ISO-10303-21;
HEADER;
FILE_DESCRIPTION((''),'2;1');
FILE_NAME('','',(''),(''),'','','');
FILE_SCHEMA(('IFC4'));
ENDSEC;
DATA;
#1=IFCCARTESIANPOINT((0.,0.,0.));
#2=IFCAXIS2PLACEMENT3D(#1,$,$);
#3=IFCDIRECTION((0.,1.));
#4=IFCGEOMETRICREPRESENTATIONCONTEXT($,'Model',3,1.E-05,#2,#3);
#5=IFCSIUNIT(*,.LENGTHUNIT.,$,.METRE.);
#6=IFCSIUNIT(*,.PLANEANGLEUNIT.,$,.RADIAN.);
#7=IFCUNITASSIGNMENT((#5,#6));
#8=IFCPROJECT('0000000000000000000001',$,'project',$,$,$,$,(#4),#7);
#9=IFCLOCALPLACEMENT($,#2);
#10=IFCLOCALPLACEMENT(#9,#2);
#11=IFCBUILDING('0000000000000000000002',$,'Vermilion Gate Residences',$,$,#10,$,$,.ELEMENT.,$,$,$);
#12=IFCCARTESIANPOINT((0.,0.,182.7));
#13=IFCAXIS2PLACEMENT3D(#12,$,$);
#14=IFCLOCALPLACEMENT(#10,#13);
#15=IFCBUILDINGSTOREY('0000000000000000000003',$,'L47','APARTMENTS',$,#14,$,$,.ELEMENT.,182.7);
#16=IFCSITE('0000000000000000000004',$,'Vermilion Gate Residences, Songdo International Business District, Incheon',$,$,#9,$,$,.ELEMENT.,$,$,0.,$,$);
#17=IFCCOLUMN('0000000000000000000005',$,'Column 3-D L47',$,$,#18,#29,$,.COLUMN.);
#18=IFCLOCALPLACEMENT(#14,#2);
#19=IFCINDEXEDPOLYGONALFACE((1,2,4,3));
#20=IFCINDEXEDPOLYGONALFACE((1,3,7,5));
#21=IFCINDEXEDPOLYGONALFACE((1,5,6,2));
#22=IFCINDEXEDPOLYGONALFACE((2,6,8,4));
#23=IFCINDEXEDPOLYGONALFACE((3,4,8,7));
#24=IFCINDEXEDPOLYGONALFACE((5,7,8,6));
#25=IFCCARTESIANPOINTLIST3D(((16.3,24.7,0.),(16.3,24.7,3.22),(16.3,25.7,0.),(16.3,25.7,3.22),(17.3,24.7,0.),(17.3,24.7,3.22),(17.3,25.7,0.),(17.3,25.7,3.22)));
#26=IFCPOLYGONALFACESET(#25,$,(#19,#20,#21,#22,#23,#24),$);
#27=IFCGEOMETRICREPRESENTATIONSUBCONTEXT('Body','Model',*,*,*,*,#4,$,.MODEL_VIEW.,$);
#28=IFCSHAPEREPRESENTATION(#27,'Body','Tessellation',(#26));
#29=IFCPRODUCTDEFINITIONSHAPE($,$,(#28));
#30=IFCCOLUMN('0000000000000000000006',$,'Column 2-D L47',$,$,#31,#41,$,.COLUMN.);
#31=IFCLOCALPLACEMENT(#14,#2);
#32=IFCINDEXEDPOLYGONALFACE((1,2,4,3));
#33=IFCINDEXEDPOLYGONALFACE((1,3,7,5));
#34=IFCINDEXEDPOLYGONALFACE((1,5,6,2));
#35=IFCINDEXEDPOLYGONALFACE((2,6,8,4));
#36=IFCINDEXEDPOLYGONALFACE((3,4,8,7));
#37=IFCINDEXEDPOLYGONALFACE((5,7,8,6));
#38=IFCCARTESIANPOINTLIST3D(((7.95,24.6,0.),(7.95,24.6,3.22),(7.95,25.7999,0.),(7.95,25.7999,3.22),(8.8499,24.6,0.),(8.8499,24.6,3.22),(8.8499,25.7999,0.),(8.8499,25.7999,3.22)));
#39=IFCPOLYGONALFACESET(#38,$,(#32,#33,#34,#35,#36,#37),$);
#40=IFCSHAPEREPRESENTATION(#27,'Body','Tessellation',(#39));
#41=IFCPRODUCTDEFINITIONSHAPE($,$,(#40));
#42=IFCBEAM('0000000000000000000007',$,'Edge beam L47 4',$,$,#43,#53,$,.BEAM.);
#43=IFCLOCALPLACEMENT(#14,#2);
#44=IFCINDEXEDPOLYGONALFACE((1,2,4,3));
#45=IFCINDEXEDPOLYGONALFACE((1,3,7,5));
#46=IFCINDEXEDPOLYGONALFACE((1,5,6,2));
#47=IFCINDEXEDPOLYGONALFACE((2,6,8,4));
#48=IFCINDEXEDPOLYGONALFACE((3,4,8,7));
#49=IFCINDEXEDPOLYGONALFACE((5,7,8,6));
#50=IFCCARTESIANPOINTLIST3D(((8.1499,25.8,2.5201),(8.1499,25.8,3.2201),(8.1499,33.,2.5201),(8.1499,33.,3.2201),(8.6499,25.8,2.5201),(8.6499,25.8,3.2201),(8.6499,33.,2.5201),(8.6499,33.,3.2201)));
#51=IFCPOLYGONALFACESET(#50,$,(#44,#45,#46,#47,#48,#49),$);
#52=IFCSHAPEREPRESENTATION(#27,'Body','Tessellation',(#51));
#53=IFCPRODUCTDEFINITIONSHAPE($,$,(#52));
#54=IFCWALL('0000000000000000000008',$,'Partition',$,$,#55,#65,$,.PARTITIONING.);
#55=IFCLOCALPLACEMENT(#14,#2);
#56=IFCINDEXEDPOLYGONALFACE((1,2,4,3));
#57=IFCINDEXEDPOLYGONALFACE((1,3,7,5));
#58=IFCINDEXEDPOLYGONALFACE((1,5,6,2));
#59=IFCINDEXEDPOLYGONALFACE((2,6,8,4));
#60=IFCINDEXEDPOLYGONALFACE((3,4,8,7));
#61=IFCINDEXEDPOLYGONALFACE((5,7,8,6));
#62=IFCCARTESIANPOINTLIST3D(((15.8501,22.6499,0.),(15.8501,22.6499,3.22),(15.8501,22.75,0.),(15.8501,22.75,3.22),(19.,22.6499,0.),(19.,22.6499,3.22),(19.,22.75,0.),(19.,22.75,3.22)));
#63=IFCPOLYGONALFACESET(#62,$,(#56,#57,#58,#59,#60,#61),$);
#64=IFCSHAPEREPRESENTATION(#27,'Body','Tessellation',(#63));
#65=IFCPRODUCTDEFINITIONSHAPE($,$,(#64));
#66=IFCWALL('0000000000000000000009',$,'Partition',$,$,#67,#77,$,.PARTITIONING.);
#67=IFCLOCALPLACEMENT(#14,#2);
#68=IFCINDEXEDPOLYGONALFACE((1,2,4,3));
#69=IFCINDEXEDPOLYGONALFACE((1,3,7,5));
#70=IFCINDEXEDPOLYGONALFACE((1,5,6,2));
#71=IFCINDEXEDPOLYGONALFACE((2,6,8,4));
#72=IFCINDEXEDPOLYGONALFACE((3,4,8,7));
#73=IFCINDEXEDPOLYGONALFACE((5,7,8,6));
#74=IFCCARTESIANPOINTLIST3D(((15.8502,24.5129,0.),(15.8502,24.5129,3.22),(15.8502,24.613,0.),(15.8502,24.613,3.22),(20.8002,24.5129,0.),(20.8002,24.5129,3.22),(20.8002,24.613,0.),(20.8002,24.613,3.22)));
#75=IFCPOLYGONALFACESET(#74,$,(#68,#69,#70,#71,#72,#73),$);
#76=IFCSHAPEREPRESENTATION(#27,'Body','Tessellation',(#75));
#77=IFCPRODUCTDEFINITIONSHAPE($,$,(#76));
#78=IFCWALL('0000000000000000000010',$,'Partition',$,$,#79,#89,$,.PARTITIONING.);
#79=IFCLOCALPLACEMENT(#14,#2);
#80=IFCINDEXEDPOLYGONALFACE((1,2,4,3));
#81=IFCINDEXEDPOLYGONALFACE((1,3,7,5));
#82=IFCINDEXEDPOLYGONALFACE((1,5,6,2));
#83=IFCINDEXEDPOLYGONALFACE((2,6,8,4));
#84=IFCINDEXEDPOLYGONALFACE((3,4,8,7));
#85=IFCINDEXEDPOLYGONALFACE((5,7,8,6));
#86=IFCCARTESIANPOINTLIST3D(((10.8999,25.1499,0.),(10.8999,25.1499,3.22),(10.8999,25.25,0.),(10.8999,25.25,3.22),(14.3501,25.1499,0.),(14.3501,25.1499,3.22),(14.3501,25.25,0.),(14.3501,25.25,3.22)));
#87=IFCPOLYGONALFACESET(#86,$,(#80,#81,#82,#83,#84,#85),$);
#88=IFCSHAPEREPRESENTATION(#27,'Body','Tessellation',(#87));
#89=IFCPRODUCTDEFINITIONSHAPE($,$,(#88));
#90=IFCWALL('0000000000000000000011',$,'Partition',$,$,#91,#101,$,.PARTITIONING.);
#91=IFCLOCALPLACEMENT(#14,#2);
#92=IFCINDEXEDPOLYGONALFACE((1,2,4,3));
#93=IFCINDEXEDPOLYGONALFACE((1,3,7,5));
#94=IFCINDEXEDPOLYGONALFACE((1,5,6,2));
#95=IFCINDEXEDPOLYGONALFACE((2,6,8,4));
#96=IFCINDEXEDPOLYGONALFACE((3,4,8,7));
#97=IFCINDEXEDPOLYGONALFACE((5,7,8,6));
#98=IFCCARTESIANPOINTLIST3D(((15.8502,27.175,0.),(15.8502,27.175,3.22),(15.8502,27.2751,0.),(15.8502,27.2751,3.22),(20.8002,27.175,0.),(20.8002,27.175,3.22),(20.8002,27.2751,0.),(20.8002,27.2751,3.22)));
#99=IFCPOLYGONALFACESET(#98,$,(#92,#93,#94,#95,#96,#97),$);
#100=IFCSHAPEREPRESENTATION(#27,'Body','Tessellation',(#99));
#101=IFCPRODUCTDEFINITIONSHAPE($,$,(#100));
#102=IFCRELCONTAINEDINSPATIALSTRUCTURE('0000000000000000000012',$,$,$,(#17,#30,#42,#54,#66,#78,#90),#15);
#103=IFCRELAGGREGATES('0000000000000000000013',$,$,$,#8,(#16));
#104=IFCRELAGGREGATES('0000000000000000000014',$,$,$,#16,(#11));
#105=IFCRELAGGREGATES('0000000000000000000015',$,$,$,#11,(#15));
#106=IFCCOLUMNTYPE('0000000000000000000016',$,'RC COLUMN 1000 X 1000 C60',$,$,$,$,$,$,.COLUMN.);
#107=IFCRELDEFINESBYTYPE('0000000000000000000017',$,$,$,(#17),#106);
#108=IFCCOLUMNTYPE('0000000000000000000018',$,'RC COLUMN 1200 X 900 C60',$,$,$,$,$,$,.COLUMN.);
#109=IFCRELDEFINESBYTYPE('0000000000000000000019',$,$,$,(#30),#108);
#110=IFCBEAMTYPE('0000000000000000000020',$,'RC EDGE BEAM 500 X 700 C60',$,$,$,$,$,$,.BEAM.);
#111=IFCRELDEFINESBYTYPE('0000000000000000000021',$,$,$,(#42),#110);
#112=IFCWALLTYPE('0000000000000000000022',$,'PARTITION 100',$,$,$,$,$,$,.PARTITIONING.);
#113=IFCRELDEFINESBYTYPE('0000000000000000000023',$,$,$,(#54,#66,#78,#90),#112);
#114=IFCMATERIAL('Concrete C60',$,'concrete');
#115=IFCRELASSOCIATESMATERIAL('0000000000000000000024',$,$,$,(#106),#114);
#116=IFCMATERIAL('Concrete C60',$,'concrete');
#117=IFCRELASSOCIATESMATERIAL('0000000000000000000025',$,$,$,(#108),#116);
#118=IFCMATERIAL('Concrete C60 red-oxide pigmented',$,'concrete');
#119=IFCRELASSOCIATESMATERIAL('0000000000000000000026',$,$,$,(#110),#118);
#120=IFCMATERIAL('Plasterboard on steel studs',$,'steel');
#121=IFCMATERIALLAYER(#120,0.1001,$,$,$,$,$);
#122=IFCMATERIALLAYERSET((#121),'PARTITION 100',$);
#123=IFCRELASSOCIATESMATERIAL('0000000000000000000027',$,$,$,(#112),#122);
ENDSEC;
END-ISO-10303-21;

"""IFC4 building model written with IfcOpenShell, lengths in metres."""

from ifc_helpers import new_model, si_unit, direction, frame, frame_2d, origin, origin_2d, place, context, subcontext, project, spatial, rectangle, extrude, material, layer, layer_set, material_profile, profile_set, type_object, element, save


model = new_model("IFC4")

# Units and contexts
model_context = context("Model", 3, precision=1e-05, world=origin(), true_north=direction((0.0, 1.0)))
body_context = subcontext(model_context, "Body", "Model", "MODEL_VIEW")
ifc_project = project(units=[si_unit("LENGTHUNIT", "METRE"), si_unit("PLANEANGLEUNIT", "RADIAN")], contexts=[model_context])

# Site, building, storey
site_placement = place(None, origin())
site = spatial("IfcSite", under=ifc_project, at=site_placement, Name="Vermilion Gate Residences, Songdo International Business District, Incheon", CompositionType="ELEMENT", RefElevation=0.0)
building_placement = place(site_placement, origin())
building = spatial("IfcBuilding", under=site, at=building_placement, Name="Vermilion Gate Residences", CompositionType="ELEMENT")
storey_placement = place(building_placement, frame((0.0, 0.0, 182.7)))
storey = spatial("IfcBuildingStorey", under=building, at=storey_placement, Name="L47", Description="APARTMENTS", CompositionType="ELEMENT", Elevation=182.7)

# Columns
ifc_material_1 = material(Name="Concrete C60", Category="concrete")
ifc_material_profile_1 = material_profile(ifc_material_1, rectangle(XDim=1.0, YDim=1.0, at=origin_2d()), Name="RC-1000x1000")
ifc_profile_set_1 = profile_set([ifc_material_profile_1], Name="Concrete C60")
column_type_1 = type_object("IfcColumnType", Name="RC COLUMN 1000 X 1000 C60", PredefinedType="COLUMN", material=ifc_profile_set_1)
column_1_placement = place(storey_placement, frame((16.8, 25.2, 0.0), z_axis=(0.0, 0.0, 1.0), x_axis=(1.0, 0.0, 0.0)))
element("IfcColumn", 1, at=column_1_placement, inside=storey, type_object=column_type_1, Name="Column 3-D L47", PredefinedType="COLUMN", context=body_context, shape_type="SweptSolid", body=[
    extrude(rectangle(XDim=1.0, YDim=1.0, at=origin_2d()), origin(), (0.0, 0.0, 1.0), 3.22),
])
ifc_material_2 = material(Name="Concrete C60", Category="concrete")
ifc_material_profile_2 = material_profile(ifc_material_2, rectangle(XDim=1.2, YDim=0.8999, at=origin_2d()), Name="RC-1200x900")
ifc_profile_set_2 = profile_set([ifc_material_profile_2], Name="Concrete C60")
column_type_2 = type_object("IfcColumnType", Name="RC COLUMN 1200 X 900 C60", PredefinedType="COLUMN", material=ifc_profile_set_2)
column_2_placement = place(storey_placement, frame((8.3999, 25.2, 0.0), z_axis=(0.0, 0.0, 1.0), x_axis=(0.0, 1.0, 0.0)))
element("IfcColumn", 2, at=column_2_placement, inside=storey, type_object=column_type_2, Name="Column 2-D L47", PredefinedType="COLUMN", context=body_context, shape_type="SweptSolid", body=[
    extrude(rectangle(XDim=1.2, YDim=0.8999, at=origin_2d()), origin(), (0.0, 0.0, 1.0), 3.22),
])

# Beam
ifc_material_3 = material(Name="Concrete C60 red-oxide pigmented", Category="concrete")
ifc_material_profile_3 = material_profile(ifc_material_3, rectangle(XDim=0.5, YDim=0.7, at=origin_2d()), Name="RC-500x700")
ifc_profile_set_3 = profile_set([ifc_material_profile_3], Name="Concrete C60 red-oxide pigmented")
beam_type = type_object("IfcBeamType", Name="RC EDGE BEAM 500 X 700 C60", PredefinedType="BEAM", material=ifc_profile_set_3)
beam_placement = place(storey_placement, frame((8.3999, 25.8, 2.8701), z_axis=(0.0, 1.0, 0.0), x_axis=(-1.0, 0.0, 0.0)))
element("IfcBeam", 3, at=beam_placement, inside=storey, type_object=beam_type, Name="Edge beam L47 4", PredefinedType="BEAM", context=body_context, shape_type="SweptSolid", body=[
    extrude(rectangle(XDim=0.5, YDim=0.7, at=origin_2d()), origin(), (0.0, 0.0, 1.0), 7.2),
])

# Walls
ifc_material_4 = material(Name="Plasterboard on steel studs", Category="steel")
ifc_layer_1 = layer(ifc_material_4, 0.1001)
ifc_layer_set_1 = layer_set([ifc_layer_1], Name="PARTITION 100")
wall_type_1 = type_object("IfcWallType", Name="PARTITION 100", PredefinedType="PARTITIONING", material=ifc_layer_set_1)
wall_1_placement = place(storey_placement, frame((15.8501, 22.7, 0.0), z_axis=(0.0, 0.0, 1.0), x_axis=(1.0, 0.0, 0.0)))
element("IfcWall", 4, at=wall_1_placement, inside=storey, type_object=wall_type_1, Name="Partition", PredefinedType="PARTITIONING", context=body_context, shape_type="SweptSolid", body=[
    extrude(rectangle(XDim=3.1499, YDim=0.1001, at=frame_2d((1.575, 0.0))), origin(), (0.0, 0.0, 1.0), 3.22),
])
wall_2_placement = place(storey_placement, frame((15.8501, 24.563, 0.0), z_axis=(0.0, 0.0, 1.0), x_axis=(1.0, 0.0, 0.0)))
element("IfcWall", 5, at=wall_2_placement, inside=storey, type_object=wall_type_1, Name="Partition", PredefinedType="PARTITIONING", context=body_context, shape_type="SweptSolid", body=[
    extrude(rectangle(XDim=4.95, YDim=0.1001, at=frame_2d((2.4751, 0.0))), origin(), (0.0, 0.0, 1.0), 3.22),
])
wall_3_placement = place(storey_placement, frame((10.8999, 25.2, 0.0), z_axis=(0.0, 0.0, 1.0), x_axis=(1.0, 0.0, 0.0)))
element("IfcWall", 6, at=wall_3_placement, inside=storey, type_object=wall_type_1, Name="Partition", PredefinedType="PARTITIONING", context=body_context, shape_type="SweptSolid", body=[
    extrude(rectangle(XDim=3.4502, YDim=0.1001, at=frame_2d((1.7251, 0.0))), origin(), (0.0, 0.0, 1.0), 3.22),
])
wall_4_placement = place(storey_placement, frame((15.8501, 27.2251, 0.0), z_axis=(0.0, 0.0, 1.0), x_axis=(1.0, 0.0, 0.0)))
element("IfcWall", 7, at=wall_4_placement, inside=storey, type_object=wall_type_1, Name="Partition", PredefinedType="PARTITIONING", context=body_context, shape_type="SweptSolid", body=[
    extrude(rectangle(XDim=4.95, YDim=0.1001, at=frame_2d((2.4751, 0.0))), origin(), (0.0, 0.0, 1.0), 3.22),
])

save(model, "model.ifc")
